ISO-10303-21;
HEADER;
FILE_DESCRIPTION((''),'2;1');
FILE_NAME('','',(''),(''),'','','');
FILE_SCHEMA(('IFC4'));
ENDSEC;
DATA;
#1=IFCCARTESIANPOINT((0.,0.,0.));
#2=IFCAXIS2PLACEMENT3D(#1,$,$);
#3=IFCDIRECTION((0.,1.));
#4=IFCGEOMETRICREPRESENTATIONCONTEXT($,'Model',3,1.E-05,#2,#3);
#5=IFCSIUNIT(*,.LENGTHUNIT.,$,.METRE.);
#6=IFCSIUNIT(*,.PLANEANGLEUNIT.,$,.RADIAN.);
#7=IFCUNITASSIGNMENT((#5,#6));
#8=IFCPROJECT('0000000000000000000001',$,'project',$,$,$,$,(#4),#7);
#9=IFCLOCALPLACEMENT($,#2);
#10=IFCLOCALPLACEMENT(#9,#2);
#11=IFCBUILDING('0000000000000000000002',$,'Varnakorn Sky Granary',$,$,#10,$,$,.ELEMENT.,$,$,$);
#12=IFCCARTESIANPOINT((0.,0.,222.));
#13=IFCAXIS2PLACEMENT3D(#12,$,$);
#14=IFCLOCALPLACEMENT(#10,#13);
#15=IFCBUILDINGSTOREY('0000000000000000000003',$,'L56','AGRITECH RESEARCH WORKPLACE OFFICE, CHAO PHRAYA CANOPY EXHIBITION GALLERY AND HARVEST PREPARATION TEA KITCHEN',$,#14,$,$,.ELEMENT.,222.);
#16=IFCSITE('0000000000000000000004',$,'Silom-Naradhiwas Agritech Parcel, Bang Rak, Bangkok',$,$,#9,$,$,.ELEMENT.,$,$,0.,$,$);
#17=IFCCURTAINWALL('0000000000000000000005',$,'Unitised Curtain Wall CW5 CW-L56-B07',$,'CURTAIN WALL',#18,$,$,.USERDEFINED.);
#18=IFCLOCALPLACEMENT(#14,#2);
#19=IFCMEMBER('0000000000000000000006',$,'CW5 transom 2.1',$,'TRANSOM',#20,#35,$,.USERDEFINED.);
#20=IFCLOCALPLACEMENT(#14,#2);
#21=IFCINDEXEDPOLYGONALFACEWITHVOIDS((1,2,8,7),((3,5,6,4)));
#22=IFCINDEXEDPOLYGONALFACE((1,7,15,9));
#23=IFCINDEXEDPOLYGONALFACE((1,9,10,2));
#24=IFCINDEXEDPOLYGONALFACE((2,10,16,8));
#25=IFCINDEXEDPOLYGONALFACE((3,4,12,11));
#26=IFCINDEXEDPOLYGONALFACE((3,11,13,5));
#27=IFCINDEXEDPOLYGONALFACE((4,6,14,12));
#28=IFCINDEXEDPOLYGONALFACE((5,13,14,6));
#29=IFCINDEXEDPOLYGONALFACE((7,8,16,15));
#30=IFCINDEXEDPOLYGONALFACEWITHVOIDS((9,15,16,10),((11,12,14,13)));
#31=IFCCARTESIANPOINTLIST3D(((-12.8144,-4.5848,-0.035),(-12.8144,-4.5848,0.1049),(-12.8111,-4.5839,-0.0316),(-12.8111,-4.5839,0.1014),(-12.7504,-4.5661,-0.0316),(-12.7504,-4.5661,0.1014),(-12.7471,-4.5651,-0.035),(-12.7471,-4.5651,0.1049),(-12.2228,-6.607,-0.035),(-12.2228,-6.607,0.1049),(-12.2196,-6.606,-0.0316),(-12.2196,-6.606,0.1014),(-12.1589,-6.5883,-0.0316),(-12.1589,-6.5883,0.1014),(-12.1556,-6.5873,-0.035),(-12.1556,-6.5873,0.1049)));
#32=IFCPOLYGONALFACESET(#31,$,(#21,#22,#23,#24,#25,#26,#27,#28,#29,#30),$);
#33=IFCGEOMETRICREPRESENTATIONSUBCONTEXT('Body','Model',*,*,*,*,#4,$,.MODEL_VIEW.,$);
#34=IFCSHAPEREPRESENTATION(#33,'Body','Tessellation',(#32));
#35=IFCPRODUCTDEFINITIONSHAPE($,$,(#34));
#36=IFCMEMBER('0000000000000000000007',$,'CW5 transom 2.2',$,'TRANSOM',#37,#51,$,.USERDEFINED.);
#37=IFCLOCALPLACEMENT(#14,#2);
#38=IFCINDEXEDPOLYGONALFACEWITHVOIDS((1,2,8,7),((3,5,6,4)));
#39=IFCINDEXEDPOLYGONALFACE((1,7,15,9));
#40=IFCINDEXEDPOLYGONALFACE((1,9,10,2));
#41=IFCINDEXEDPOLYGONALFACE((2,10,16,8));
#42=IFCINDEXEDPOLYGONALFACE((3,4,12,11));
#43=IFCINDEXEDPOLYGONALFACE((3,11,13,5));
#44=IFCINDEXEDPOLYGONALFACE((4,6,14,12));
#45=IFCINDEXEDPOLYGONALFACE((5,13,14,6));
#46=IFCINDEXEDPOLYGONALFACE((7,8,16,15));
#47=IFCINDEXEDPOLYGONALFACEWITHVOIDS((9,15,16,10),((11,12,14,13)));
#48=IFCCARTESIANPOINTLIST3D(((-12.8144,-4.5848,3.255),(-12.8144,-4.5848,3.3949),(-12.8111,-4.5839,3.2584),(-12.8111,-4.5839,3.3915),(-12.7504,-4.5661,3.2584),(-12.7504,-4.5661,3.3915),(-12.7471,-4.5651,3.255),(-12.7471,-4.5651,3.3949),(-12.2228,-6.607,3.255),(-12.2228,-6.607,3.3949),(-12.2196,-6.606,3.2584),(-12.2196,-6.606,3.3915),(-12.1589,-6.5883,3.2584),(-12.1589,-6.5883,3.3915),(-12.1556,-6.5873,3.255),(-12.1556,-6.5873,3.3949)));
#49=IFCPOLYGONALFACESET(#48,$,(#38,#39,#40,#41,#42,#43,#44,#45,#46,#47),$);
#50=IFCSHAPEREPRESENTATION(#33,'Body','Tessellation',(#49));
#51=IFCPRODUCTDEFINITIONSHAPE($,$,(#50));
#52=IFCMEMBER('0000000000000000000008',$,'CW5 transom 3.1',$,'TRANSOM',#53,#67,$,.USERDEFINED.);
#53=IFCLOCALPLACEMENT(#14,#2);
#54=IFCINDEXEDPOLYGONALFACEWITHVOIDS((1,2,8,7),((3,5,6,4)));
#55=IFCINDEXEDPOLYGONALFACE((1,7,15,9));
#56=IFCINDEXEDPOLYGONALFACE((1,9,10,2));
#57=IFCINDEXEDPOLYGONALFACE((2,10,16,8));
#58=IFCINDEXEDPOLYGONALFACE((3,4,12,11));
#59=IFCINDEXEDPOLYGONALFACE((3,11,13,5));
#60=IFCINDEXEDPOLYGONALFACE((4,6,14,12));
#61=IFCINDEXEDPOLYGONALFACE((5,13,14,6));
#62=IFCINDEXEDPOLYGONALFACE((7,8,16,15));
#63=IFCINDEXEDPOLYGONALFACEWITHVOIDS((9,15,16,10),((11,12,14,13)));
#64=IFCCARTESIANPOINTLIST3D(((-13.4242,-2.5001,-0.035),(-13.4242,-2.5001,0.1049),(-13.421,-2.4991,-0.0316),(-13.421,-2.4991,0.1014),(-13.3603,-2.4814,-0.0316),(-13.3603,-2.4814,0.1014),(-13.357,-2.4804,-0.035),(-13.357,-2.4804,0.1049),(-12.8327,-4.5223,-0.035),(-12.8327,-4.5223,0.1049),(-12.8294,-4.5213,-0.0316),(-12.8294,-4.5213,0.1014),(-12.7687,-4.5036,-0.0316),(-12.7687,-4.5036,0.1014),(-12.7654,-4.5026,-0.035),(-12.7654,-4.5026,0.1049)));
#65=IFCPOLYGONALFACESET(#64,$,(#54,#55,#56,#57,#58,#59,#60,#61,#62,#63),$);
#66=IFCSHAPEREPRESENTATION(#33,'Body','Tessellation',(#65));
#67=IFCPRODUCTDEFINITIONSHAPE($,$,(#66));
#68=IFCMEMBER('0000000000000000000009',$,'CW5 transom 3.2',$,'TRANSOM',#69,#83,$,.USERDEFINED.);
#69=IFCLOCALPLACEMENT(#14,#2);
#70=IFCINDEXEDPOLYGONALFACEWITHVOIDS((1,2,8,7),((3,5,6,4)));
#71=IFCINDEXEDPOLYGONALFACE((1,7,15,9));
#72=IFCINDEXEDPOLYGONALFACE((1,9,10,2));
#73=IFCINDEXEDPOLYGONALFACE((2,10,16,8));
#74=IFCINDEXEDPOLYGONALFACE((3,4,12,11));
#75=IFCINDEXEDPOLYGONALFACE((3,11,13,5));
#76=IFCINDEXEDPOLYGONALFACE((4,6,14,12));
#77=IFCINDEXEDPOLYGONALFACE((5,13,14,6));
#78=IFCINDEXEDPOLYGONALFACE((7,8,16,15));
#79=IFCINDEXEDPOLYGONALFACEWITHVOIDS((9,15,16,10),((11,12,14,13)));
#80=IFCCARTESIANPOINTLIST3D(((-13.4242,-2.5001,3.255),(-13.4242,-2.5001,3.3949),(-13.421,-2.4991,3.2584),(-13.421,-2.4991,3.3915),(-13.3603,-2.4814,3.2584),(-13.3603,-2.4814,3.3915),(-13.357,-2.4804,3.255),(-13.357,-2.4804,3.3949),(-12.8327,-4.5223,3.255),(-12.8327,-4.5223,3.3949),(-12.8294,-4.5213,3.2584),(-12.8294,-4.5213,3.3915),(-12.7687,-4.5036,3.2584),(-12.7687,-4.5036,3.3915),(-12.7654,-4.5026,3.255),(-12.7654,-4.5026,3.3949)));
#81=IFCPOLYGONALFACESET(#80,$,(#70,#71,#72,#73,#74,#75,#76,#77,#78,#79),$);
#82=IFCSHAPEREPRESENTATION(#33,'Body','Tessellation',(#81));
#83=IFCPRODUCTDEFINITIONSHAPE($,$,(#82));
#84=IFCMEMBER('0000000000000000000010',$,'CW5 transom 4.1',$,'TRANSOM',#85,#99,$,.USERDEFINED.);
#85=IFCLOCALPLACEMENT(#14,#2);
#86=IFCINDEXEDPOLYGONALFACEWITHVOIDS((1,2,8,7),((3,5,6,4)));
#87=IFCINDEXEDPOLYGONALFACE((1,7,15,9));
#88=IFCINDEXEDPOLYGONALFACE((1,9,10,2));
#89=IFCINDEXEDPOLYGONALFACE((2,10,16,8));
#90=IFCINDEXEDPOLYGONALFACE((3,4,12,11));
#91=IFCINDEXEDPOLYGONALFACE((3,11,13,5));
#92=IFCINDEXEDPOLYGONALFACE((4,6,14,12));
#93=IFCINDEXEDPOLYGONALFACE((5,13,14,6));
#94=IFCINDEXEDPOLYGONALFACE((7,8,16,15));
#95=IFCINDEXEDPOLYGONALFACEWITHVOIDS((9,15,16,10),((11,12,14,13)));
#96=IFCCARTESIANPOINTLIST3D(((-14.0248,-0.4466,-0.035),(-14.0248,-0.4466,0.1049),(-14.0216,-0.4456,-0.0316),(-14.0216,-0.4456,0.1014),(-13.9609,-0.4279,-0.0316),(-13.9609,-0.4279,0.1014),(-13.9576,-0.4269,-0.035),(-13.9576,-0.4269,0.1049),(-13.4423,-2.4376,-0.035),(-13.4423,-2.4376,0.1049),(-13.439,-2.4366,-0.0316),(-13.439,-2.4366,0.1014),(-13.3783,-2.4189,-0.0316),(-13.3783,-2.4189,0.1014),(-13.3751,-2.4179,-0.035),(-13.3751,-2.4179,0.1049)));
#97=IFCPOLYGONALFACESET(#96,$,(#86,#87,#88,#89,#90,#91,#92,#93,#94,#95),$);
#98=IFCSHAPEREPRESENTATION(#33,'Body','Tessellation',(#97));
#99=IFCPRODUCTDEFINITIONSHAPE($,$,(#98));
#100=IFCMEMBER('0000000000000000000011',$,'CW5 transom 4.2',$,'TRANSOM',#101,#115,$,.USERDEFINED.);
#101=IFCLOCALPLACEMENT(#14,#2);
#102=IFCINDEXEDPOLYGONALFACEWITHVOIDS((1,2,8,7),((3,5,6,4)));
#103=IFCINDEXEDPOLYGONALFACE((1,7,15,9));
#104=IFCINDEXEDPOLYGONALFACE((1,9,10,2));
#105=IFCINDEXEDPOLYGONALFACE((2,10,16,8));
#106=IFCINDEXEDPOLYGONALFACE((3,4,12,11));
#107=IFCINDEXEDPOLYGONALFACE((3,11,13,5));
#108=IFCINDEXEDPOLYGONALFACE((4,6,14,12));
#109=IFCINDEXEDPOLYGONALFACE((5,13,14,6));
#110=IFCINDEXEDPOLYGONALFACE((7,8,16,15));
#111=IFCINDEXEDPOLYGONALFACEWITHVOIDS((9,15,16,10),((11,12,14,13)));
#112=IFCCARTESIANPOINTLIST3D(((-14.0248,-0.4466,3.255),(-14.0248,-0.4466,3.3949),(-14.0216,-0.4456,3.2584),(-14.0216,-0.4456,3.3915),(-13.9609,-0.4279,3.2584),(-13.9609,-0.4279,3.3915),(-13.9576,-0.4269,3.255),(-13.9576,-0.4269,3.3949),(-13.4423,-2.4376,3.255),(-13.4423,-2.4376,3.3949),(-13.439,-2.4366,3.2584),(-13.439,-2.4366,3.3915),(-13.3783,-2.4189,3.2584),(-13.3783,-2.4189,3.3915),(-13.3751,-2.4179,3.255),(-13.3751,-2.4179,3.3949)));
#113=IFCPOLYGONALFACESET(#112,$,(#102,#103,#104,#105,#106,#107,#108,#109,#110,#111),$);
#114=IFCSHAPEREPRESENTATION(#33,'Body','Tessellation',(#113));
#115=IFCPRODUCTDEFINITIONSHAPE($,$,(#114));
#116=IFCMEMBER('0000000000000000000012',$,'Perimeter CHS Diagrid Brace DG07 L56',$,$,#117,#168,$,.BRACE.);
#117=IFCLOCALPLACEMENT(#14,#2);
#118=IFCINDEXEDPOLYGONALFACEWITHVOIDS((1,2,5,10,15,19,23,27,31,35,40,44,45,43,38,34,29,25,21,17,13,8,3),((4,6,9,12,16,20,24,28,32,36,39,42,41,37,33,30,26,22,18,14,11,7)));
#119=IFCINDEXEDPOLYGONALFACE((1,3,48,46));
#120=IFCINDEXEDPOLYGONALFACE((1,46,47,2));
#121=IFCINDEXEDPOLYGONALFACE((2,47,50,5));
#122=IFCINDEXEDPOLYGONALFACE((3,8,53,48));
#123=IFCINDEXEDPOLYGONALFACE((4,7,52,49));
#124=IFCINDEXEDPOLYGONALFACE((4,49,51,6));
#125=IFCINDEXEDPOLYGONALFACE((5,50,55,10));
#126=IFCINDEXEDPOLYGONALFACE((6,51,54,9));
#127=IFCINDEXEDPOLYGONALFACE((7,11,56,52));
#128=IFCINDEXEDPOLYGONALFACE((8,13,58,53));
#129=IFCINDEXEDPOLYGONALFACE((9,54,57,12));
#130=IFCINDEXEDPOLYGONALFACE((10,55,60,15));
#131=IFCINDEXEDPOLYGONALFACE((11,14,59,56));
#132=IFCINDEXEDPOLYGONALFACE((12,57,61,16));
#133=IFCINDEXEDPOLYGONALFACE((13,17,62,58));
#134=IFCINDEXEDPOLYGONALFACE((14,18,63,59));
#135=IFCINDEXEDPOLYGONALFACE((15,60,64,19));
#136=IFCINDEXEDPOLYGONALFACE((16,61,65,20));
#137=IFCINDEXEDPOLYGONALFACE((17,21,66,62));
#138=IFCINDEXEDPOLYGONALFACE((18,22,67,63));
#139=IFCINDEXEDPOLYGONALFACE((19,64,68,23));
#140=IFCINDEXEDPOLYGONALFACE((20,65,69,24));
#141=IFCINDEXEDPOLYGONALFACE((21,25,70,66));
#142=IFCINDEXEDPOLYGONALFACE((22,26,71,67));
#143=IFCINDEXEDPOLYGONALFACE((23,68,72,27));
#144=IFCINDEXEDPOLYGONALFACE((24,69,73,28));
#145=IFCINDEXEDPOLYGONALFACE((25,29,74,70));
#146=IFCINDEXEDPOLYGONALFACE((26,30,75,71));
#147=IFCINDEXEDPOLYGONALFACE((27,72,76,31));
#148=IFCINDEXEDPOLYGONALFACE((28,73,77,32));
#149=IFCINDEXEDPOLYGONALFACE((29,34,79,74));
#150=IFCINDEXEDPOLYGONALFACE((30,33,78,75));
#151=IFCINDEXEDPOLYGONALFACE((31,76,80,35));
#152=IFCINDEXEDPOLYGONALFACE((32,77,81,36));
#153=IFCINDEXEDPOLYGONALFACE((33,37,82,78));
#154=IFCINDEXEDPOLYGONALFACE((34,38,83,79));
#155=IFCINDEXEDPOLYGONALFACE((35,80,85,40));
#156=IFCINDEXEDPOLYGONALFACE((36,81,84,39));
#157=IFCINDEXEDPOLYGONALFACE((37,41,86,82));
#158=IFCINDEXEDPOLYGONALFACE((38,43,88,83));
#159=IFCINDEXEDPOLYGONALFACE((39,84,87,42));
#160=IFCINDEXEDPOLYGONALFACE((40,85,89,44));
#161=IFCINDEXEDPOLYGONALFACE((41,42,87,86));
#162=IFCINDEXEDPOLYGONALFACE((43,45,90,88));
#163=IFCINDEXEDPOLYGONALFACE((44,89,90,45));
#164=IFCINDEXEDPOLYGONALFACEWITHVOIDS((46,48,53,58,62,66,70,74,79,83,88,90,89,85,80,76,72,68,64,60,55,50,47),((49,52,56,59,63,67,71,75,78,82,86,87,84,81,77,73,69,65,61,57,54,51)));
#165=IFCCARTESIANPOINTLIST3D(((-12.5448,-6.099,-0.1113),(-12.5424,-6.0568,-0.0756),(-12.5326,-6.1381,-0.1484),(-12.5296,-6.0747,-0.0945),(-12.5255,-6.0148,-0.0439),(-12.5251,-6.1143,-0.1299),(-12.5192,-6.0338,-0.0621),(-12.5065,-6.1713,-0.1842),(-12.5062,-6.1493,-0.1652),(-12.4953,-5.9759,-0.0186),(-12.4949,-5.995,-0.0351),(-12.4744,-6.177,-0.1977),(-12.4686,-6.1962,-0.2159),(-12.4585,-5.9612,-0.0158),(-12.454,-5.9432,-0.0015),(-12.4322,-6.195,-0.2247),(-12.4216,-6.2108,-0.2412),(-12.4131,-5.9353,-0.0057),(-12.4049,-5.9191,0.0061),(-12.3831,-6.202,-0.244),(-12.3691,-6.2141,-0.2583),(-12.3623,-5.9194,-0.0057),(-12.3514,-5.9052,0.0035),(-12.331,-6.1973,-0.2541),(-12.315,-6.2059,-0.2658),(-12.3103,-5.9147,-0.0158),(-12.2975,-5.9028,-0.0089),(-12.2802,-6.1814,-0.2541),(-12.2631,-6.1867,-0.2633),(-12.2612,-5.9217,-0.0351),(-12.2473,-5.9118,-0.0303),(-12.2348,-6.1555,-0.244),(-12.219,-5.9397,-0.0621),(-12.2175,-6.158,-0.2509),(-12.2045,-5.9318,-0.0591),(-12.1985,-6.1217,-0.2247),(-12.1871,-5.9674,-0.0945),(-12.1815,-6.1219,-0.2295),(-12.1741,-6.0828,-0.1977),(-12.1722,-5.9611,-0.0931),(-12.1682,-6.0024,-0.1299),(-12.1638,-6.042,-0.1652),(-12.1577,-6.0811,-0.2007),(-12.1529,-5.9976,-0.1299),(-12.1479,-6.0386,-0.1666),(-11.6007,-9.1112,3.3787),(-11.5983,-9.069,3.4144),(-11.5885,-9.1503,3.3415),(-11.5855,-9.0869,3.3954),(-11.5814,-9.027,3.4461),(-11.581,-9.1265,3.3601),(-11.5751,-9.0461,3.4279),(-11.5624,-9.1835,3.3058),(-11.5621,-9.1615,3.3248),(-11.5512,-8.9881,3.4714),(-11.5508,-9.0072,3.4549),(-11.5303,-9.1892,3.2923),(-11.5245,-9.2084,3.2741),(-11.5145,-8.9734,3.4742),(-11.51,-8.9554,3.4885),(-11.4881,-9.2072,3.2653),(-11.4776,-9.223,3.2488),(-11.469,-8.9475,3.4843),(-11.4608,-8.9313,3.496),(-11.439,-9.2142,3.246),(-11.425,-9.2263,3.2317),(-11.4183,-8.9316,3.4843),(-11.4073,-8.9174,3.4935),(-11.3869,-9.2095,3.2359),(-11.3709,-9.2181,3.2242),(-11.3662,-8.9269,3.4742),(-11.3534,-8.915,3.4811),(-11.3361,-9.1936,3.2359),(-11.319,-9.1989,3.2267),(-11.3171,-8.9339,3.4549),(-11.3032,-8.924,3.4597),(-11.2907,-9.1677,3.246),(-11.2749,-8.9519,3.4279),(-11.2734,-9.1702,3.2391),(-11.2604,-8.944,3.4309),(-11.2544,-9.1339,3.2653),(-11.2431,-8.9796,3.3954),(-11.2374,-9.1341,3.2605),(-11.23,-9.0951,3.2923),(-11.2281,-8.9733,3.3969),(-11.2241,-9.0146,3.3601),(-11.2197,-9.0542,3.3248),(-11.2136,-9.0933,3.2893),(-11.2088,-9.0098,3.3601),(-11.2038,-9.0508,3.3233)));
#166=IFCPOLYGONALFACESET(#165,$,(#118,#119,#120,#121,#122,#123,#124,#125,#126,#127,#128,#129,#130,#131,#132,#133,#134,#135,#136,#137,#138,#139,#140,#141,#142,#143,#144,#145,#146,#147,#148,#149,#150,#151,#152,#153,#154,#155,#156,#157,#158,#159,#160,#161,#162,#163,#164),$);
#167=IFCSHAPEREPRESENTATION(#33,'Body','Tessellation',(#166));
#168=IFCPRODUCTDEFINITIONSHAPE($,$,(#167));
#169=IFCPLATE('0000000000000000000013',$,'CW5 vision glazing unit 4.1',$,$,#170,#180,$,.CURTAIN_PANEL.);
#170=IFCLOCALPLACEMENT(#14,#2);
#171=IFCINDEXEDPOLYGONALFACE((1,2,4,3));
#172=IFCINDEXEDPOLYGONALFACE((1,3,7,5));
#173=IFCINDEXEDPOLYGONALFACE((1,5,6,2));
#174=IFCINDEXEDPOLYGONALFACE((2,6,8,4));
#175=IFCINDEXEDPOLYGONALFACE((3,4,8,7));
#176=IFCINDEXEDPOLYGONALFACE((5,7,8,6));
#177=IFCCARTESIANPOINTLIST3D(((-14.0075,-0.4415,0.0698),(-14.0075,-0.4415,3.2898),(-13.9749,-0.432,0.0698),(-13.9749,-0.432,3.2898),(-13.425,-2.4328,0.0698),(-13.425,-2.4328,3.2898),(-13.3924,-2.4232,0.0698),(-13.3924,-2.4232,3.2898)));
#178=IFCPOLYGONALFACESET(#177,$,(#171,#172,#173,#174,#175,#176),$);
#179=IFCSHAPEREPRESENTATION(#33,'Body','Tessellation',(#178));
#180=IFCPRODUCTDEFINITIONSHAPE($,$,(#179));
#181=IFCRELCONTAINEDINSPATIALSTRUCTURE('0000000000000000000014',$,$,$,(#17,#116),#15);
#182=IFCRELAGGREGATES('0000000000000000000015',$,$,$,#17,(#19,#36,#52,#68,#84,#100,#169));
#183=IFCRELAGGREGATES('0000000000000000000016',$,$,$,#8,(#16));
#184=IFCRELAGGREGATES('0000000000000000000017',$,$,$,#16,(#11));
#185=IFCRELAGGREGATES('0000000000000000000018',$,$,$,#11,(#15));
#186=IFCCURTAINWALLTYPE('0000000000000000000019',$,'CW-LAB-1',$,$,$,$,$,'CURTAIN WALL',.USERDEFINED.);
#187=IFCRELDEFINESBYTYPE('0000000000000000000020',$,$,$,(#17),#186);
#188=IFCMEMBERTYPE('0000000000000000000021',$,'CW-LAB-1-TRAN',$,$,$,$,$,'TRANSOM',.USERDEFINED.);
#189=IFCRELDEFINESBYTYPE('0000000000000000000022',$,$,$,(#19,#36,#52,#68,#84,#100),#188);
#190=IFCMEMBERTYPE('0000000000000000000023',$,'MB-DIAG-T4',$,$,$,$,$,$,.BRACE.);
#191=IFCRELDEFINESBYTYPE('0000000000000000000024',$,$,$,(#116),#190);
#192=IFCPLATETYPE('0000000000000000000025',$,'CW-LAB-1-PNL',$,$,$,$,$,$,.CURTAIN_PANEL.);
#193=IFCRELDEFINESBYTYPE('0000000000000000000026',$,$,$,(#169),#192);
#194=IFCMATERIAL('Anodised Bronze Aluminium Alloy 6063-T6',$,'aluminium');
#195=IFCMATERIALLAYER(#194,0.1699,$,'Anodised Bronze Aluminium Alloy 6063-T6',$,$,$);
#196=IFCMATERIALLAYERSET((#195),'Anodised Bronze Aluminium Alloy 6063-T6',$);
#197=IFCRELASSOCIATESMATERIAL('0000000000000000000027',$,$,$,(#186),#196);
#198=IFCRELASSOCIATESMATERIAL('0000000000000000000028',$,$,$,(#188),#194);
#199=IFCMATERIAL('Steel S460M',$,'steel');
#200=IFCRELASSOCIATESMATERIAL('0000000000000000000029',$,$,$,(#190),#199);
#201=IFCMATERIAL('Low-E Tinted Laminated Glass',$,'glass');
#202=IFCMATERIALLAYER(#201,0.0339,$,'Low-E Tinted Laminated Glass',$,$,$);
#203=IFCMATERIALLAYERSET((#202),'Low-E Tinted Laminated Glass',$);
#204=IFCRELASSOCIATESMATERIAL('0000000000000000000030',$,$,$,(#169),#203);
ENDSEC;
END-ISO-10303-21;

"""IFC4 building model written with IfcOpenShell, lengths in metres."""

from ifc_helpers import new_model, si_unit, direction, frame, origin, origin_2d, place, context, subcontext, project, spatial, rectangle, hollow_rectangle, hollow_circle, extrude, source, transform, mapped, material, layer, layer_set, material_profile, profile_set, type_object, element, aggregate, save


model = new_model("IFC4")

# Units and contexts
model_context = context("Model", 3, precision=1e-05, world=origin(), true_north=direction((0.0, 1.0)))
body_context = subcontext(model_context, "Body", "Model", "MODEL_VIEW")
ifc_project = project(units=[si_unit("LENGTHUNIT", "METRE"), si_unit("PLANEANGLEUNIT", "RADIAN")], contexts=[model_context])

# Site, building, storey
site_placement = place(None, origin())
site = spatial("IfcSite", under=ifc_project, at=site_placement, Name="Silom-Naradhiwas Agritech Parcel, Bang Rak, Bangkok", CompositionType="ELEMENT", RefElevation=0.0)
building_placement = place(site_placement, origin())
building = spatial("IfcBuilding", under=site, at=building_placement, Name="Varnakorn Sky Granary", CompositionType="ELEMENT")
storey_placement = place(building_placement, frame((0.0, 0.0, 222.0)))
storey = spatial("IfcBuildingStorey", under=building, at=storey_placement, Name="L56", Description="AGRITECH RESEARCH WORKPLACE OFFICE, CHAO PHRAYA CANOPY EXHIBITION GALLERY AND HARVEST PREPARATION TEA KITCHEN", CompositionType="ELEMENT", Elevation=222.0)

# Shared definitions
ifc_material_1 = material(Name="Steel S460M", Category="steel")

# Curtain wall, members
ifc_material_2 = material(Name="Anodised Bronze Aluminium Alloy 6063-T6", Category="aluminium")
ifc_layer_1 = layer(ifc_material_2, 0.1699, Name="Anodised Bronze Aluminium Alloy 6063-T6")
ifc_layer_set_1 = layer_set([ifc_layer_1], Name="Anodised Bronze Aluminium Alloy 6063-T6")
curtain_wall_type = type_object("IfcCurtainWallType", Name="CW-LAB-1", ElementType="CURTAIN WALL", PredefinedType="USERDEFINED", material=ifc_layer_set_1)
curtain_wall_placement = place(storey_placement, origin())
curtain_wall = element("IfcCurtainWall", 1, at=curtain_wall_placement, inside=storey, type_object=curtain_wall_type, Name="Unitised Curtain Wall CW5 CW-L56-B07", ObjectType="CURTAIN WALL", PredefinedType="USERDEFINED")
ifc_material_profile_1 = material_profile(ifc_material_2, hollow_rectangle(XDim=0.0701, YDim=0.1399, WallThickness=0.0034, at=origin_2d()), Name="ALU TRAN 70x140")
ifc_profile_set_1 = profile_set([ifc_material_profile_1], Name="Anodised Bronze Aluminium Alloy 6063-T6")
member_type_1 = type_object("IfcMemberType", Name="CW-LAB-1-TRAN", ElementType="TRANSOM", PredefinedType="USERDEFINED", material=ifc_profile_set_1)
member_1_placement = place(storey_placement, frame((-12.1892, -6.5972, 0.0349), z_axis=(-0.280761, 0.959778, 0.0), x_axis=(-0.959778, -0.280761, 0.0)))
member_1 = element("IfcMember", 2, at=member_1_placement, type_object=member_type_1, Name="CW5 transom 2.1", ObjectType="TRANSOM", PredefinedType="USERDEFINED", context=body_context, shape_type="SweptSolid", body=[
    extrude(hollow_rectangle(XDim=0.0701, YDim=0.1399, WallThickness=0.0034, at=origin_2d()), origin(), (0.0, 0.0, 1.0), 2.1069),
])
member_2_placement = place(storey_placement, frame((-12.1892, -6.5972, 3.325), z_axis=(-0.280761, 0.959778, 0.0), x_axis=(-0.959778, -0.280761, 0.0)))
member_2 = element("IfcMember", 3, at=member_2_placement, type_object=member_type_1, Name="CW5 transom 2.2", ObjectType="TRANSOM", PredefinedType="USERDEFINED", context=body_context, shape_type="SweptSolid", body=[
    extrude(hollow_rectangle(XDim=0.0701, YDim=0.1399, WallThickness=0.0034, at=origin_2d()), origin(), (0.0, 0.0, 1.0), 2.1069),
])
member_3_placement = place(storey_placement, frame((-12.7991, -4.5125, 0.0349), z_axis=(-0.280761, 0.959778, 0.0), x_axis=(-0.959778, -0.280761, 0.0)))
member_3 = element("IfcMember", 4, at=member_3_placement, type_object=member_type_1, Name="CW5 transom 3.1", ObjectType="TRANSOM", PredefinedType="USERDEFINED", context=body_context, shape_type="SweptSolid", body=[
    extrude(hollow_rectangle(XDim=0.0701, YDim=0.1399, WallThickness=0.0034, at=origin_2d()), origin(), (0.0, 0.0, 1.0), 2.1069),
])
member_4_placement = place(storey_placement, frame((-12.7991, -4.5125, 3.325), z_axis=(-0.280761, 0.959778, 0.0), x_axis=(-0.959778, -0.280761, 0.0)))
member_4 = element("IfcMember", 5, at=member_4_placement, type_object=member_type_1, Name="CW5 transom 3.2", ObjectType="TRANSOM", PredefinedType="USERDEFINED", context=body_context, shape_type="SweptSolid", body=[
    extrude(hollow_rectangle(XDim=0.0701, YDim=0.1399, WallThickness=0.0034, at=origin_2d()), origin(), (0.0, 0.0, 1.0), 2.1069),
])
member_5_placement = place(storey_placement, frame((-13.4087, -2.4277, 0.0349), z_axis=(-0.280809, 0.959764, 0.0), x_axis=(-0.959764, -0.280809, 0.0)))
member_5 = element("IfcMember", 6, at=member_5_placement, type_object=member_type_1, Name="CW5 transom 4.1", ObjectType="TRANSOM", PredefinedType="USERDEFINED", context=body_context, shape_type="SweptSolid", body=[
    extrude(hollow_rectangle(XDim=0.0701, YDim=0.1399, WallThickness=0.0034, at=origin_2d()), origin(), (0.0, 0.0, 1.0), 2.0745),
])
member_6_placement = place(storey_placement, frame((-13.4087, -2.4277, 3.325), z_axis=(-0.280809, 0.959764, 0.0), x_axis=(-0.959764, -0.280809, 0.0)))
member_6 = element("IfcMember", 7, at=member_6_placement, type_object=member_type_1, Name="CW5 transom 4.2", ObjectType="TRANSOM", PredefinedType="USERDEFINED", context=body_context, shape_type="SweptSolid", body=[
    extrude(hollow_rectangle(XDim=0.0701, YDim=0.1399, WallThickness=0.0034, at=origin_2d()), origin(), (0.0, 0.0, 1.0), 2.0745),
])

# Member
ifc_material_profile_2 = material_profile(ifc_material_1, hollow_circle(Radius=0.2031, WallThickness=0.0161, at=origin_2d()), Name="CHS 406.4x16")
ifc_profile_set_2 = profile_set([ifc_material_profile_2], Name="Steel S460M")
member_type_2 = type_object("IfcMemberType", Name="MB-DIAG-T4", PredefinedType="BRACE", material=ifc_profile_set_2)
member_7_placement = place(storey_placement, frame((-12.3467, -6.0583, -0.1299), z_axis=(0.200622, -0.640103, 0.741633), x_axis=(0.954229, 0.299076, 0.0)))
element("IfcMember", 8, at=member_7_placement, inside=storey, type_object=member_type_2, Name="Perimeter CHS Diagrid Brace DG07 L56", PredefinedType="BRACE", context=body_context, shape_type="SweptSolid", body=[
    extrude(hollow_circle(Radius=0.2031, WallThickness=0.0161, at=origin_2d()), origin(), (0.0, 0.0, 1.0), 4.7058),
])

# Plate
ifc_material_3 = material(Name="Low-E Tinted Laminated Glass", Category="glass")
ifc_layer_2 = layer(ifc_material_3, 0.0339, Name="Low-E Tinted Laminated Glass")
ifc_layer_set_2 = layer_set([ifc_layer_2], Name="Low-E Tinted Laminated Glass")
plate_type = type_object("IfcPlateType", Name="CW-LAB-1-PNL", PredefinedType="CURTAIN_PANEL")
shared_shape_1 = source(origin(), body_context, "Body", "SweptSolid", [
    extrude(rectangle(XDim=2.0747, YDim=0.0339, at=origin_2d()), origin(), (0.0, 0.0, 1.0), 3.22),
])
plate_1_placement = place(storey_placement, frame((-13.7, -1.4324, 0.0698), z_axis=(0.0, 0.0, 1.0), x_axis=(-0.280755, 0.959779, 0.0)))
plate_1 = element("IfcPlate", 9, at=plate_1_placement, type_object=plate_type, material=ifc_layer_set_2, Name="CW5 vision glazing unit 4.1", PredefinedType="CURTAIN_PANEL", context=body_context, shape_type="MappedRepresentation", body=[
    mapped(shared_shape_1, transform((0.0, 0.0, 0.0), x_axis=(1.0, 0.0, 0.0), y_axis=(0.0, 1.0, 0.0), z_axis=(0.0, 0.0, 1.0), scale=1.0)),
])
aggregate(curtain_wall, [member_1, member_2, member_3, member_4, member_5, member_6, plate_1])

save(model, "model.ifc")
